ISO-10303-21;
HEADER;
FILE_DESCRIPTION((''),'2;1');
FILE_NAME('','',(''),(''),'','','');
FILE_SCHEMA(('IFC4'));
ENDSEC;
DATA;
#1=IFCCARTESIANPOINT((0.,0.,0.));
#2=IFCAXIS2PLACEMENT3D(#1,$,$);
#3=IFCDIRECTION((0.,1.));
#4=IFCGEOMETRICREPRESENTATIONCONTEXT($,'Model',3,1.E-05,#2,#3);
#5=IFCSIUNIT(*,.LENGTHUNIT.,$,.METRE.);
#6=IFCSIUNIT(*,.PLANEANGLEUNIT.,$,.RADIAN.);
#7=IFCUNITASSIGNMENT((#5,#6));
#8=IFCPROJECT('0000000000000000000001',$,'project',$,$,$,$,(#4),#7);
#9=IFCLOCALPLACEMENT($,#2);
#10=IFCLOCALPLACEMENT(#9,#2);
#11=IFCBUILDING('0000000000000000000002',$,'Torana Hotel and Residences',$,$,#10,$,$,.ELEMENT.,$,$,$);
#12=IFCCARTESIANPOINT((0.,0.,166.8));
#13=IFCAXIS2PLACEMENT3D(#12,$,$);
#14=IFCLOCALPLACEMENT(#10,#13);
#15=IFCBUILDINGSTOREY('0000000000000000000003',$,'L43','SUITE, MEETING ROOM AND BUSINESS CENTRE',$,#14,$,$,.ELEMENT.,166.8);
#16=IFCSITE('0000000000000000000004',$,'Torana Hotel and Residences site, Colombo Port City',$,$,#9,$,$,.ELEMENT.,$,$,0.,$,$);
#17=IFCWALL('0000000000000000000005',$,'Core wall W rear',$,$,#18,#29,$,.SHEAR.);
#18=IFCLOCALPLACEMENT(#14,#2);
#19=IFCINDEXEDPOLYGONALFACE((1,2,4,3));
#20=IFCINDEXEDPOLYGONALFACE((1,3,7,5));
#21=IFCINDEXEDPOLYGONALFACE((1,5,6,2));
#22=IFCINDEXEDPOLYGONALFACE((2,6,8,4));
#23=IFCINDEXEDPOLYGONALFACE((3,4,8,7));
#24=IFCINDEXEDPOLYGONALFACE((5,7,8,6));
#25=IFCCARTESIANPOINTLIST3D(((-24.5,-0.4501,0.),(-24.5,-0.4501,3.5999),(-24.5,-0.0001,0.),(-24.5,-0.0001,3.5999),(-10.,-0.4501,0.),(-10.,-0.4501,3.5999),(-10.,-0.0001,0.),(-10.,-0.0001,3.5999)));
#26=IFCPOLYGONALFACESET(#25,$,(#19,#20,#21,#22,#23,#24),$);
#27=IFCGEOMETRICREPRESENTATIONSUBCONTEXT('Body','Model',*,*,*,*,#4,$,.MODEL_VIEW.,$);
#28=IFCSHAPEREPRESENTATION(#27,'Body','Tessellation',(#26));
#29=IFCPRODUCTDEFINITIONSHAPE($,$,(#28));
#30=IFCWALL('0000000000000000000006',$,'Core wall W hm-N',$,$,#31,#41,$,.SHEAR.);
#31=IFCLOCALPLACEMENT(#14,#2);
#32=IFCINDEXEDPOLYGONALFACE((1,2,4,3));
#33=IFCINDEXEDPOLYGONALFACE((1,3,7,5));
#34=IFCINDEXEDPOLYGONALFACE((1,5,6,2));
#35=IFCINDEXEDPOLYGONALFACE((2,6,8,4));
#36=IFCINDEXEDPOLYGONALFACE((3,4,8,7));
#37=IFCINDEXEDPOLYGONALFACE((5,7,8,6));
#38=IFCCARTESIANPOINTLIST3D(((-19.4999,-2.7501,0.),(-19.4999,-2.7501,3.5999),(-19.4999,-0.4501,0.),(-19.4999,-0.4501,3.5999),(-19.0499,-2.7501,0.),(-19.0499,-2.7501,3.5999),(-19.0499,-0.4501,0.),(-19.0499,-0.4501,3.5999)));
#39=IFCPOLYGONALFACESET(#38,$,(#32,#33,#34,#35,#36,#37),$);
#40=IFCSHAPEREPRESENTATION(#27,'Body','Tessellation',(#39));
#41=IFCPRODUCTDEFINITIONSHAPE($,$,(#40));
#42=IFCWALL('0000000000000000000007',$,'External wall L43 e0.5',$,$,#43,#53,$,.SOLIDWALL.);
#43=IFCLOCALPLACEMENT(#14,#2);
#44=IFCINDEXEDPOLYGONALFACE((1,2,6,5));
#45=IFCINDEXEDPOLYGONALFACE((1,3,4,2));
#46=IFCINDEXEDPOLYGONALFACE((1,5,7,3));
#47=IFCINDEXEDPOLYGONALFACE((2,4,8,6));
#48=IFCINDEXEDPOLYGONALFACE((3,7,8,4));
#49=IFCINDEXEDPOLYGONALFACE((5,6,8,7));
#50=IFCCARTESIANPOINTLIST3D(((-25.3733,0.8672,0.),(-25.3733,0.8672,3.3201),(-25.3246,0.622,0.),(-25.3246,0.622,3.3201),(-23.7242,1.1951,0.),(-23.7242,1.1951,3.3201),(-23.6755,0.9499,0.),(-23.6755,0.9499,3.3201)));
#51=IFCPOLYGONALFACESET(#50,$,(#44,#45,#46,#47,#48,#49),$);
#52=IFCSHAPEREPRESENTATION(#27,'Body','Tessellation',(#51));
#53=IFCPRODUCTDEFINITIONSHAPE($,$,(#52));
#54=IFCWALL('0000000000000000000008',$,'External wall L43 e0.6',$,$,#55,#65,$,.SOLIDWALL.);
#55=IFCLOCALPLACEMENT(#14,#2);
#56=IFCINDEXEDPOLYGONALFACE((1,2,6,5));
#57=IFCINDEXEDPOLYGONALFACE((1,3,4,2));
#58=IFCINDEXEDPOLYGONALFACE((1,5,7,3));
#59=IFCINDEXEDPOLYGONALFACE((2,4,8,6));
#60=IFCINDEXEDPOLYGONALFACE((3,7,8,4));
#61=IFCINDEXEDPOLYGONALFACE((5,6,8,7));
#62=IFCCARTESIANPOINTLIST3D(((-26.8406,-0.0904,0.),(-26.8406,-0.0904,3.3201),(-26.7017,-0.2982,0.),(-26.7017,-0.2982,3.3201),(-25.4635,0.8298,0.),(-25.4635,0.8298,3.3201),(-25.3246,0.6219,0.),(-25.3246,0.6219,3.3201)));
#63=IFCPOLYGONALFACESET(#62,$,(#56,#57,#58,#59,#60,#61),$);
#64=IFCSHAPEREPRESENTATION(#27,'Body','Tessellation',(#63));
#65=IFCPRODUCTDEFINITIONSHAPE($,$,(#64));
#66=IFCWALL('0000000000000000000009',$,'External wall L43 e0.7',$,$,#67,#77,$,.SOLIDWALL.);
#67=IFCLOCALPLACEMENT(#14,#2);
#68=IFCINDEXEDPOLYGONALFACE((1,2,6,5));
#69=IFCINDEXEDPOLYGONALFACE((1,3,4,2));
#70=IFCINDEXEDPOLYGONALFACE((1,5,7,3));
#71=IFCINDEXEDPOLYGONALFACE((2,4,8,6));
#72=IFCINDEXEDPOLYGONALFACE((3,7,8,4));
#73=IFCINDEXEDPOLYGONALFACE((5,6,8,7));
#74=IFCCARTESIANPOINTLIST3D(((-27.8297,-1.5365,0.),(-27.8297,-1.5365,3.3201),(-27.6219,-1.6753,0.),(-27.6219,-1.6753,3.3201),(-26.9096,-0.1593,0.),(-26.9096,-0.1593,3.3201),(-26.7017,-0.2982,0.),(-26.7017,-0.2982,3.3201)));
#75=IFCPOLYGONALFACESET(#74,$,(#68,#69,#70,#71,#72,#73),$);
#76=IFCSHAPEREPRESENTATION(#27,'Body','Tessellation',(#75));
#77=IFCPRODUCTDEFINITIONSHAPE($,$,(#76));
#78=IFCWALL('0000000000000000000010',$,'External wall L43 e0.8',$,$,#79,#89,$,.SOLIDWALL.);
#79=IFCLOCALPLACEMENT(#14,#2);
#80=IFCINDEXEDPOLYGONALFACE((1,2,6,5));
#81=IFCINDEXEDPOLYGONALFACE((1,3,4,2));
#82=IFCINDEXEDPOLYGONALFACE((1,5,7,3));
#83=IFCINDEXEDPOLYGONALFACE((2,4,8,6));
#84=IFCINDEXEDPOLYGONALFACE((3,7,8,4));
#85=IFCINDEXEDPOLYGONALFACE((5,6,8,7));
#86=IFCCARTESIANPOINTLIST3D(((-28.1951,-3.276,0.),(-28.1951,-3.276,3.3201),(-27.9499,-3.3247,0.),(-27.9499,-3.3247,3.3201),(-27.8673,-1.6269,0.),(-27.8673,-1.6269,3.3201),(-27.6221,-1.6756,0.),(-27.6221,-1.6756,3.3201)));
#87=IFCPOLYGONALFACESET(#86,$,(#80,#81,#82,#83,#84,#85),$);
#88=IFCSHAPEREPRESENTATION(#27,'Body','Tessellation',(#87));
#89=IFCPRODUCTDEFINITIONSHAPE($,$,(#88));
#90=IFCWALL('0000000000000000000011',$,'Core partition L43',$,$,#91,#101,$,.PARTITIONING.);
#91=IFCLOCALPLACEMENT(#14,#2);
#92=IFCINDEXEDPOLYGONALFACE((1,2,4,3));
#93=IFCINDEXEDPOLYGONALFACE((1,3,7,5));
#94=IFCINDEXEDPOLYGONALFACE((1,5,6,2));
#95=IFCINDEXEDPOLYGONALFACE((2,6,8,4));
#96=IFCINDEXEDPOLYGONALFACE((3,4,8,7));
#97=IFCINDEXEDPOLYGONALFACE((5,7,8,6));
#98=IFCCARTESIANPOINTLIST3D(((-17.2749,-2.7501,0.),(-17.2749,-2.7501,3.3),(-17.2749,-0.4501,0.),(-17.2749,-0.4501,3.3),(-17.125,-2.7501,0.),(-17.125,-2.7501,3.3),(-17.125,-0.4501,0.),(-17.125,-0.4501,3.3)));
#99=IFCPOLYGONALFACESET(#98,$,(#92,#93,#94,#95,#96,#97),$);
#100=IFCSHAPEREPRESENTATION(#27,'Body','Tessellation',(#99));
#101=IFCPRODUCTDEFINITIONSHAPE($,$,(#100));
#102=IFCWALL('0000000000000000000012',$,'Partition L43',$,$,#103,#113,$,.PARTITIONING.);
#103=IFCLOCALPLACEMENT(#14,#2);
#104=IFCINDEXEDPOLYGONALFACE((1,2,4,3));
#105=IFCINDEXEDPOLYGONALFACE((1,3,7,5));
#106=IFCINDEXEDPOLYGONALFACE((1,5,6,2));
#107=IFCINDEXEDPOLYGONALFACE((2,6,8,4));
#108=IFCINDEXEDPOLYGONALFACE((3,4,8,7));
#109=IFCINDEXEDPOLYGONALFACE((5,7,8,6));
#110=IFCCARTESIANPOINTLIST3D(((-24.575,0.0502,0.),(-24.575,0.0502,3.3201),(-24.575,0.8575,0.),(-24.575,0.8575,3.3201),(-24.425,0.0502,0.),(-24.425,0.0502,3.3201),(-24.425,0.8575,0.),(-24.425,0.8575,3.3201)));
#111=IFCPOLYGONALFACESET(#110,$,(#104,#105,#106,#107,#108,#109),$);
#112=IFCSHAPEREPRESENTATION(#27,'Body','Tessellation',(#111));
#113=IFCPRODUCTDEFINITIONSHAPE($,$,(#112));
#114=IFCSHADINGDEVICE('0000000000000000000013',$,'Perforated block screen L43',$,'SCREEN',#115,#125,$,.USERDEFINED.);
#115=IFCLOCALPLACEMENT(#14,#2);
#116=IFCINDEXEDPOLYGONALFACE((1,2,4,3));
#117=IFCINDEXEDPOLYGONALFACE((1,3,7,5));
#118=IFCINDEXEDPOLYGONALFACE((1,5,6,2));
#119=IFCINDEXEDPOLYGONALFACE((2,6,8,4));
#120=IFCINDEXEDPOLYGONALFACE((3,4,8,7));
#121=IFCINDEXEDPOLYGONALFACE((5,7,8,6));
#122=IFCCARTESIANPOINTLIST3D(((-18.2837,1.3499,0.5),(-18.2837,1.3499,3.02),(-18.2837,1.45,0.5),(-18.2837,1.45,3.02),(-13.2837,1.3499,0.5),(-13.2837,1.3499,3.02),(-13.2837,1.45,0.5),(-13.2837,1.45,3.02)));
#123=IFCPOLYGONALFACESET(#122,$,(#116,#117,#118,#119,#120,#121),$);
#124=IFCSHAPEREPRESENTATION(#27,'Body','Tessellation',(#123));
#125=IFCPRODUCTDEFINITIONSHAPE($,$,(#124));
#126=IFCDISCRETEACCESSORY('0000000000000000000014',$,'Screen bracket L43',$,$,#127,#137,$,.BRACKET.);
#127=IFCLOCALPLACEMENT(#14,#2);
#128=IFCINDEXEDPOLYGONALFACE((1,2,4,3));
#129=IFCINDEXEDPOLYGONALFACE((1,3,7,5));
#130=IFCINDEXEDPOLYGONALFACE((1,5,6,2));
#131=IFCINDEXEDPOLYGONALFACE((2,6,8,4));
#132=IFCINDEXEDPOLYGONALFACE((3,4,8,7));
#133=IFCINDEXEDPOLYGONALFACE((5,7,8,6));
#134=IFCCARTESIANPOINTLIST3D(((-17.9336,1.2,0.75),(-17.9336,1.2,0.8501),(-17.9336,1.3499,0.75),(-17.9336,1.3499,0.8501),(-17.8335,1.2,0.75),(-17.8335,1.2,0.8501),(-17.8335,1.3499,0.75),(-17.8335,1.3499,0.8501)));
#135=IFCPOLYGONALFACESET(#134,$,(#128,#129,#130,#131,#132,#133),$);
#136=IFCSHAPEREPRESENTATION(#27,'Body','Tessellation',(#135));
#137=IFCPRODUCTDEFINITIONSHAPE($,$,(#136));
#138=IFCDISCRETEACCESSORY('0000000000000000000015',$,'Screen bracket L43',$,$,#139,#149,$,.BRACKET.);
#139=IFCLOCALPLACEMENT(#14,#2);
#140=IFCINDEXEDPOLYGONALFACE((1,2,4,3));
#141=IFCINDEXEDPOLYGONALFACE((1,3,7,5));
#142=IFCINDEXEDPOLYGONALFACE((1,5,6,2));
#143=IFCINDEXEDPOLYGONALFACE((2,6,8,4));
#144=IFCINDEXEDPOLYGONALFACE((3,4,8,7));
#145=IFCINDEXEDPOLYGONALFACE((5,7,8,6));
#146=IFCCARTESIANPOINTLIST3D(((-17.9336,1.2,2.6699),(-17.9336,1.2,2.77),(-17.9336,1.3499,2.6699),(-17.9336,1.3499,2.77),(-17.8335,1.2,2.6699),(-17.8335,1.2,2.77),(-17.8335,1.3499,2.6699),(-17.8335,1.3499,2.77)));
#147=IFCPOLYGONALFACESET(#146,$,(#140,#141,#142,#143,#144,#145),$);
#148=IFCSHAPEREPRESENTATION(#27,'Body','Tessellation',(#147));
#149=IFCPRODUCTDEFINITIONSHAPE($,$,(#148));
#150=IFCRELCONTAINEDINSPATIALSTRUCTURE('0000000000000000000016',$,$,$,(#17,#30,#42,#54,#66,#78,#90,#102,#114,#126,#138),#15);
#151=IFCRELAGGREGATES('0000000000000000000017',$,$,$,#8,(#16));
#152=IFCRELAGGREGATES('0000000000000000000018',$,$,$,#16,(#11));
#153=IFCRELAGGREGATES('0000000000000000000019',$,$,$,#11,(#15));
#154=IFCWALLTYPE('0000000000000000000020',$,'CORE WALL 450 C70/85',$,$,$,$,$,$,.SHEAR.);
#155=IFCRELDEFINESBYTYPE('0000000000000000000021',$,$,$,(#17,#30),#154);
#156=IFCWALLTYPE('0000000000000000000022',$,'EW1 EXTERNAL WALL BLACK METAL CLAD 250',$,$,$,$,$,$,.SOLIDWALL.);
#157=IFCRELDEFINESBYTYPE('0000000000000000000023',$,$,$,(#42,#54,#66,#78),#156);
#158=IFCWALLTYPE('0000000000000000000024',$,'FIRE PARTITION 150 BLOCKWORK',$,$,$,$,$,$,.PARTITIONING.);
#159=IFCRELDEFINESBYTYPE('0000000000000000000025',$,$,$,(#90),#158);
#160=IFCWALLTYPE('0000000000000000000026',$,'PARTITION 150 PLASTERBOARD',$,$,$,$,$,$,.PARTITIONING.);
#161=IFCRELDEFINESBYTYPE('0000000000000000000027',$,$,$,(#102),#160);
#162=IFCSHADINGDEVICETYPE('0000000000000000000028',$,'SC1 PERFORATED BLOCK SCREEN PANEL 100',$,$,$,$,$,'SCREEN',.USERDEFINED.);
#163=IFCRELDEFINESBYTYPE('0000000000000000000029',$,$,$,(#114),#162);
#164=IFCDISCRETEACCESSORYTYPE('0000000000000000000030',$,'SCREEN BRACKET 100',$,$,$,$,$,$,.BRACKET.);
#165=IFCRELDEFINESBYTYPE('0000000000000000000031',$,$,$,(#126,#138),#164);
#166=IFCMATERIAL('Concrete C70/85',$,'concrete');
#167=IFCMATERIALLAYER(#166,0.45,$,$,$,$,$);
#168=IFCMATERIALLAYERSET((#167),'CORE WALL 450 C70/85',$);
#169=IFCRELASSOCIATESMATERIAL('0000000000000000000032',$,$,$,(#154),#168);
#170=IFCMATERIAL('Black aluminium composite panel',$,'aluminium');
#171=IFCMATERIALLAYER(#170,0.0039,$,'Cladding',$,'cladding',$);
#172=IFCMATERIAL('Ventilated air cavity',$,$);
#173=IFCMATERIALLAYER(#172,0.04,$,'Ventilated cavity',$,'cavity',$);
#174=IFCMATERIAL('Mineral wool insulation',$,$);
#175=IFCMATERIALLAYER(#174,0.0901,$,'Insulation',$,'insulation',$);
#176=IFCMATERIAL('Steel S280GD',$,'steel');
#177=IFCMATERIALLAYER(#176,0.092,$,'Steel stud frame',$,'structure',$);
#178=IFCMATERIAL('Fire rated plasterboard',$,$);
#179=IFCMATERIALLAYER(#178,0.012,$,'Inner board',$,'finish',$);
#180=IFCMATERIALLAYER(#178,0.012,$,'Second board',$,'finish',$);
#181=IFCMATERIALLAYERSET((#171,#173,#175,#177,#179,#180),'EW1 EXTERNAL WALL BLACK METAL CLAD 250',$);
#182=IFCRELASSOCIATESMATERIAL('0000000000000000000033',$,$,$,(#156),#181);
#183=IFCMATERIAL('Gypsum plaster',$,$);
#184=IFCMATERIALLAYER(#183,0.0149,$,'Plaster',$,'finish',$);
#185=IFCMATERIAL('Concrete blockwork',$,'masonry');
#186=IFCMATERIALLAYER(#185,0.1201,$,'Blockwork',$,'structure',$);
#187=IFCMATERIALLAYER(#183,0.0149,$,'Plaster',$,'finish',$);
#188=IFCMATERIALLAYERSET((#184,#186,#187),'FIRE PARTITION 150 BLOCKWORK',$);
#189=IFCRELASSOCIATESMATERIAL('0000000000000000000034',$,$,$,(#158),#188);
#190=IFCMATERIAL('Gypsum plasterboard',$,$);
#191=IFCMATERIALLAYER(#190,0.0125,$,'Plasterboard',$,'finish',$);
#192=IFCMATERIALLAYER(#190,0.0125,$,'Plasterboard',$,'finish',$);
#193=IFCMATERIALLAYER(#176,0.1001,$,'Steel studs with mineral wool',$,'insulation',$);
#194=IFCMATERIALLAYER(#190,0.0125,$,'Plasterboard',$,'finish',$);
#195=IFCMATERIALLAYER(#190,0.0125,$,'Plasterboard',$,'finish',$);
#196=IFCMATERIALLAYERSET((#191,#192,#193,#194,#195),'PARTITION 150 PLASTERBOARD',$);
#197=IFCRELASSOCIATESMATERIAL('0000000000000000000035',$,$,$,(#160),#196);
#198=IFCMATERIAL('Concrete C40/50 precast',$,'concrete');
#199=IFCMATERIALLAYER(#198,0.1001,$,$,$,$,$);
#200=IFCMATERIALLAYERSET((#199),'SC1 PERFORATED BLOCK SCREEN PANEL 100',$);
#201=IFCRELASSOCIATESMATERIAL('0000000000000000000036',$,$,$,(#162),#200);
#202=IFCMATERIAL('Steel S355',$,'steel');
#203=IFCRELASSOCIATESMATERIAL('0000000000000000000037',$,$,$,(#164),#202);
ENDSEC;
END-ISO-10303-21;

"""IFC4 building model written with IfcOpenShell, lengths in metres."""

from ifc_helpers import new_model, si_unit, direction, frame, frame_2d, origin, origin_2d, place, context, subcontext, project, spatial, rectangle, extrude, material, layer, layer_set, type_object, element, save


model = new_model("IFC4")

# Units and contexts
model_context = context("Model", 3, precision=1e-05, world=origin(), true_north=direction((0.0, 1.0)))
body_context = subcontext(model_context, "Body", "Model", "MODEL_VIEW")
ifc_project = project(units=[si_unit("LENGTHUNIT", "METRE"), si_unit("PLANEANGLEUNIT", "RADIAN")], contexts=[model_context])

# Site, building, storey
site_placement = place(None, origin())
site = spatial("IfcSite", under=ifc_project, at=site_placement, Name="Torana Hotel and Residences site, Colombo Port City", CompositionType="ELEMENT", RefElevation=0.0)
building_placement = place(site_placement, origin())
building = spatial("IfcBuilding", under=site, at=building_placement, Name="Torana Hotel and Residences", CompositionType="ELEMENT")
storey_placement = place(building_placement, frame((0.0, 0.0, 166.8)))
storey = spatial("IfcBuildingStorey", under=building, at=storey_placement, Name="L43", Description="SUITE, MEETING ROOM AND BUSINESS CENTRE", CompositionType="ELEMENT", Elevation=166.8)

# Walls
ifc_material_1 = material(Name="Concrete C70/85", Category="concrete")
ifc_layer_1 = layer(ifc_material_1, 0.45)
ifc_layer_set_1 = layer_set([ifc_layer_1], Name="CORE WALL 450 C70/85")
wall_type_1 = type_object("IfcWallType", Name="CORE WALL 450 C70/85", PredefinedType="SHEAR", material=ifc_layer_set_1)
wall_1_placement = place(storey_placement, frame((-24.5, -0.2251, 0.0), z_axis=(0.0, 0.0, 1.0), x_axis=(1.0, 0.0, 0.0)))
element("IfcWall", 1, at=wall_1_placement, inside=storey, type_object=wall_type_1, Name="Core wall W rear", PredefinedType="SHEAR", context=body_context, shape_type="SweptSolid", body=[
    extrude(rectangle(XDim=14.5, YDim=0.45, at=frame_2d((7.25, 0.0))), origin(), (0.0, 0.0, 1.0), 3.5999),
])
wall_2_placement = place(storey_placement, frame((-19.2749, -2.75, 0.0), z_axis=(0.0, 0.0, 1.0), x_axis=(0.0, 1.0, 0.0)))
element("IfcWall", 2, at=wall_2_placement, inside=storey, type_object=wall_type_1, Name="Core wall W hm-N", PredefinedType="SHEAR", context=body_context, shape_type="SweptSolid", body=[
    extrude(rectangle(XDim=2.3, YDim=0.45, at=frame_2d((1.1499, 0.0))), origin(), (0.0, 0.0, 1.0), 3.5999),
])
ifc_material_2 = material(Name="Black aluminium composite panel", Category="aluminium")
ifc_layer_2 = layer(ifc_material_2, 0.0039, Name="Cladding", Category="cladding")
ifc_material_3 = material(Name="Ventilated air cavity")
ifc_layer_3 = layer(ifc_material_3, 0.04, Name="Ventilated cavity", Category="cavity")
ifc_material_4 = material(Name="Mineral wool insulation")
ifc_layer_4 = layer(ifc_material_4, 0.0901, Name="Insulation", Category="insulation")
ifc_material_5 = material(Name="Steel S280GD", Category="steel")
ifc_layer_5 = layer(ifc_material_5, 0.092, Name="Steel stud frame", Category="structure")
ifc_material_6 = material(Name="Fire rated plasterboard")
ifc_layer_6 = layer(ifc_material_6, 0.012, Name="Inner board", Category="finish")
ifc_layer_7 = layer(ifc_material_6, 0.012, Name="Second board", Category="finish")
ifc_layer_set_2 = layer_set([ifc_layer_2, ifc_layer_3, ifc_layer_4, ifc_layer_5, ifc_layer_6, ifc_layer_7], Name="EW1 EXTERNAL WALL BLACK METAL CLAD 250")
wall_type_2 = type_object("IfcWallType", Name="EW1 EXTERNAL WALL BLACK METAL CLAD 250", PredefinedType="SOLIDWALL", material=ifc_layer_set_2)
wall_3_placement = place(storey_placement, frame((-23.6997, 1.0725, 0.0), z_axis=(0.0, 0.0, 1.0), x_axis=(-0.980803, -0.194999, 0.0)))
element("IfcWall", 3, at=wall_3_placement, inside=storey, type_object=wall_type_2, Name="External wall L43 e0.5", PredefinedType="SOLIDWALL", context=body_context, shape_type="SweptSolid", body=[
    extrude(rectangle(XDim=1.6814, YDim=0.25, at=frame_2d((0.8408, 0.0))), origin(), (0.0, 0.0, 1.0), 3.3201),
])
for number, where, z_axis, x_axis, name in (
    (4, (-25.394, 0.7258, 0.0), (0.0, 0.0, 1.0), (-0.831483, -0.55555, 0.0), "External wall L43 e0.6"),
    (5, (-26.8057, -0.2288, 0.0), (0.0, 0.0, 1.0), (-0.55555, -0.831483, 0.0), "External wall L43 e0.7"),
):
    element("IfcWall", number, at=place(storey_placement, frame(where, z_axis=z_axis, x_axis=x_axis)), inside=storey, type_object=wall_type_2, Name=name, PredefinedType="SOLIDWALL", context=body_context, shape_type="SweptSolid", body=[
        extrude(rectangle(XDim=1.6562, YDim=0.25, at=frame_2d((0.8281, 0.0))), origin(), (0.0, 0.0, 1.0), 3.3201),
    ])
wall_4_placement = place(storey_placement, frame((-27.7446, -1.6511, 0.0), z_axis=(0.0, 0.0, 1.0), x_axis=(-0.194999, -0.980803, 0.0)))
element("IfcWall", 6, at=wall_4_placement, inside=storey, type_object=wall_type_2, Name="External wall L43 e0.8", PredefinedType="SOLIDWALL", context=body_context, shape_type="SweptSolid", body=[
    extrude(rectangle(XDim=1.6814, YDim=0.25, at=frame_2d((0.8408, 0.0))), origin(), (0.0, 0.0, 1.0), 3.3201),
])
ifc_material_7 = material(Name="Gypsum plaster")
ifc_layer_8 = layer(ifc_material_7, 0.0149, Name="Plaster", Category="finish")
ifc_material_8 = material(Name="Concrete blockwork", Category="masonry")
ifc_layer_9 = layer(ifc_material_8, 0.1201, Name="Blockwork", Category="structure")
ifc_layer_10 = layer(ifc_material_7, 0.0149, Name="Plaster", Category="finish")
ifc_layer_set_3 = layer_set([ifc_layer_8, ifc_layer_9, ifc_layer_10], Name="FIRE PARTITION 150 BLOCKWORK")
wall_type_3 = type_object("IfcWallType", Name="FIRE PARTITION 150 BLOCKWORK", PredefinedType="PARTITIONING", material=ifc_layer_set_3)
wall_5_placement = place(storey_placement, frame((-17.2, -2.75, 0.0), z_axis=(0.0, 0.0, 1.0), x_axis=(0.0, 1.0, 0.0)))
element("IfcWall", 7, at=wall_5_placement, inside=storey, type_object=wall_type_3, Name="Core partition L43", PredefinedType="PARTITIONING", context=body_context, shape_type="SweptSolid", body=[
    extrude(rectangle(XDim=2.3, YDim=0.1499, at=frame_2d((1.1499, 0.0))), origin(), (0.0, 0.0, 1.0), 3.3),
])
ifc_material_9 = material(Name="Gypsum plasterboard")
ifc_layer_11 = layer(ifc_material_9, 0.0125, Name="Plasterboard", Category="finish")
ifc_layer_12 = layer(ifc_material_9, 0.0125, Name="Plasterboard", Category="finish")
ifc_layer_13 = layer(ifc_material_5, 0.1001, Name="Steel studs with mineral wool", Category="insulation")
ifc_layer_14 = layer(ifc_material_9, 0.0125, Name="Plasterboard", Category="finish")
ifc_layer_15 = layer(ifc_material_9, 0.0125, Name="Plasterboard", Category="finish")
ifc_layer_set_4 = layer_set([ifc_layer_11, ifc_layer_12, ifc_layer_13, ifc_layer_14, ifc_layer_15], Name="PARTITION 150 PLASTERBOARD")
wall_type_4 = type_object("IfcWallType", Name="PARTITION 150 PLASTERBOARD", PredefinedType="PARTITIONING", material=ifc_layer_set_4)
wall_6_placement = place(storey_placement, frame((-24.5, 0.05, 0.0), z_axis=(0.0, 0.0, 1.0), x_axis=(0.0, 1.0, 0.0)))
element("IfcWall", 8, at=wall_6_placement, inside=storey, type_object=wall_type_4, Name="Partition L43", PredefinedType="PARTITIONING", context=body_context, shape_type="SweptSolid", body=[
    extrude(rectangle(XDim=0.8074, YDim=0.1499, at=frame_2d((0.4038, 0.0))), origin(), (0.0, 0.0, 1.0), 3.3201),
])

# Shading device
ifc_material_10 = material(Name="Concrete C40/50 precast", Category="concrete")
ifc_layer_16 = layer(ifc_material_10, 0.1001)
ifc_layer_set_5 = layer_set([ifc_layer_16], Name="SC1 PERFORATED BLOCK SCREEN PANEL 100")
shading_device_type = type_object("IfcShadingDeviceType", Name="SC1 PERFORATED BLOCK SCREEN PANEL 100", ElementType="SCREEN", PredefinedType="USERDEFINED", material=ifc_layer_set_5)
shading_device_placement = place(storey_placement, frame((-15.7837, 1.3999, 0.5), z_axis=(0.0, 0.0, 1.0), x_axis=(-1.0, 0.0, 0.0)))
element("IfcShadingDevice", 9, at=shading_device_placement, inside=storey, type_object=shading_device_type, Name="Perforated block screen L43", ObjectType="SCREEN", PredefinedType="USERDEFINED", context=body_context, shape_type="SweptSolid", body=[
    extrude(rectangle(XDim=5.0, YDim=0.1001, at=origin_2d()), origin(), (0.0, 0.0, 1.0), 2.52),
])

# Discrete accessories
ifc_material_11 = material(Name="Steel S355", Category="steel")
discrete_accessory_type = type_object("IfcDiscreteAccessoryType", Name="SCREEN BRACKET 100", PredefinedType="BRACKET", material=ifc_material_11)
for number, where, z_axis, x_axis, name in (
    (10, (-17.8835, 1.2749, 0.75), (0.0, 0.0, 1.0), (-1.0, 0.0, 0.0), "Screen bracket L43"),
    (11, (-17.8835, 1.2749, 2.6699), (0.0, 0.0, 1.0), (-1.0, 0.0, 0.0), "Screen bracket L43"),
):
    element("IfcDiscreteAccessory", number, at=place(storey_placement, frame(where, z_axis=z_axis, x_axis=x_axis)), inside=storey, type_object=discrete_accessory_type, Name=name, PredefinedType="BRACKET", context=body_context, shape_type="SweptSolid", body=[
        extrude(rectangle(XDim=0.1001, YDim=0.1499, at=origin_2d()), origin(), (0.0, 0.0, 1.0), 0.1001),
    ])

save(model, "model.ifc")
